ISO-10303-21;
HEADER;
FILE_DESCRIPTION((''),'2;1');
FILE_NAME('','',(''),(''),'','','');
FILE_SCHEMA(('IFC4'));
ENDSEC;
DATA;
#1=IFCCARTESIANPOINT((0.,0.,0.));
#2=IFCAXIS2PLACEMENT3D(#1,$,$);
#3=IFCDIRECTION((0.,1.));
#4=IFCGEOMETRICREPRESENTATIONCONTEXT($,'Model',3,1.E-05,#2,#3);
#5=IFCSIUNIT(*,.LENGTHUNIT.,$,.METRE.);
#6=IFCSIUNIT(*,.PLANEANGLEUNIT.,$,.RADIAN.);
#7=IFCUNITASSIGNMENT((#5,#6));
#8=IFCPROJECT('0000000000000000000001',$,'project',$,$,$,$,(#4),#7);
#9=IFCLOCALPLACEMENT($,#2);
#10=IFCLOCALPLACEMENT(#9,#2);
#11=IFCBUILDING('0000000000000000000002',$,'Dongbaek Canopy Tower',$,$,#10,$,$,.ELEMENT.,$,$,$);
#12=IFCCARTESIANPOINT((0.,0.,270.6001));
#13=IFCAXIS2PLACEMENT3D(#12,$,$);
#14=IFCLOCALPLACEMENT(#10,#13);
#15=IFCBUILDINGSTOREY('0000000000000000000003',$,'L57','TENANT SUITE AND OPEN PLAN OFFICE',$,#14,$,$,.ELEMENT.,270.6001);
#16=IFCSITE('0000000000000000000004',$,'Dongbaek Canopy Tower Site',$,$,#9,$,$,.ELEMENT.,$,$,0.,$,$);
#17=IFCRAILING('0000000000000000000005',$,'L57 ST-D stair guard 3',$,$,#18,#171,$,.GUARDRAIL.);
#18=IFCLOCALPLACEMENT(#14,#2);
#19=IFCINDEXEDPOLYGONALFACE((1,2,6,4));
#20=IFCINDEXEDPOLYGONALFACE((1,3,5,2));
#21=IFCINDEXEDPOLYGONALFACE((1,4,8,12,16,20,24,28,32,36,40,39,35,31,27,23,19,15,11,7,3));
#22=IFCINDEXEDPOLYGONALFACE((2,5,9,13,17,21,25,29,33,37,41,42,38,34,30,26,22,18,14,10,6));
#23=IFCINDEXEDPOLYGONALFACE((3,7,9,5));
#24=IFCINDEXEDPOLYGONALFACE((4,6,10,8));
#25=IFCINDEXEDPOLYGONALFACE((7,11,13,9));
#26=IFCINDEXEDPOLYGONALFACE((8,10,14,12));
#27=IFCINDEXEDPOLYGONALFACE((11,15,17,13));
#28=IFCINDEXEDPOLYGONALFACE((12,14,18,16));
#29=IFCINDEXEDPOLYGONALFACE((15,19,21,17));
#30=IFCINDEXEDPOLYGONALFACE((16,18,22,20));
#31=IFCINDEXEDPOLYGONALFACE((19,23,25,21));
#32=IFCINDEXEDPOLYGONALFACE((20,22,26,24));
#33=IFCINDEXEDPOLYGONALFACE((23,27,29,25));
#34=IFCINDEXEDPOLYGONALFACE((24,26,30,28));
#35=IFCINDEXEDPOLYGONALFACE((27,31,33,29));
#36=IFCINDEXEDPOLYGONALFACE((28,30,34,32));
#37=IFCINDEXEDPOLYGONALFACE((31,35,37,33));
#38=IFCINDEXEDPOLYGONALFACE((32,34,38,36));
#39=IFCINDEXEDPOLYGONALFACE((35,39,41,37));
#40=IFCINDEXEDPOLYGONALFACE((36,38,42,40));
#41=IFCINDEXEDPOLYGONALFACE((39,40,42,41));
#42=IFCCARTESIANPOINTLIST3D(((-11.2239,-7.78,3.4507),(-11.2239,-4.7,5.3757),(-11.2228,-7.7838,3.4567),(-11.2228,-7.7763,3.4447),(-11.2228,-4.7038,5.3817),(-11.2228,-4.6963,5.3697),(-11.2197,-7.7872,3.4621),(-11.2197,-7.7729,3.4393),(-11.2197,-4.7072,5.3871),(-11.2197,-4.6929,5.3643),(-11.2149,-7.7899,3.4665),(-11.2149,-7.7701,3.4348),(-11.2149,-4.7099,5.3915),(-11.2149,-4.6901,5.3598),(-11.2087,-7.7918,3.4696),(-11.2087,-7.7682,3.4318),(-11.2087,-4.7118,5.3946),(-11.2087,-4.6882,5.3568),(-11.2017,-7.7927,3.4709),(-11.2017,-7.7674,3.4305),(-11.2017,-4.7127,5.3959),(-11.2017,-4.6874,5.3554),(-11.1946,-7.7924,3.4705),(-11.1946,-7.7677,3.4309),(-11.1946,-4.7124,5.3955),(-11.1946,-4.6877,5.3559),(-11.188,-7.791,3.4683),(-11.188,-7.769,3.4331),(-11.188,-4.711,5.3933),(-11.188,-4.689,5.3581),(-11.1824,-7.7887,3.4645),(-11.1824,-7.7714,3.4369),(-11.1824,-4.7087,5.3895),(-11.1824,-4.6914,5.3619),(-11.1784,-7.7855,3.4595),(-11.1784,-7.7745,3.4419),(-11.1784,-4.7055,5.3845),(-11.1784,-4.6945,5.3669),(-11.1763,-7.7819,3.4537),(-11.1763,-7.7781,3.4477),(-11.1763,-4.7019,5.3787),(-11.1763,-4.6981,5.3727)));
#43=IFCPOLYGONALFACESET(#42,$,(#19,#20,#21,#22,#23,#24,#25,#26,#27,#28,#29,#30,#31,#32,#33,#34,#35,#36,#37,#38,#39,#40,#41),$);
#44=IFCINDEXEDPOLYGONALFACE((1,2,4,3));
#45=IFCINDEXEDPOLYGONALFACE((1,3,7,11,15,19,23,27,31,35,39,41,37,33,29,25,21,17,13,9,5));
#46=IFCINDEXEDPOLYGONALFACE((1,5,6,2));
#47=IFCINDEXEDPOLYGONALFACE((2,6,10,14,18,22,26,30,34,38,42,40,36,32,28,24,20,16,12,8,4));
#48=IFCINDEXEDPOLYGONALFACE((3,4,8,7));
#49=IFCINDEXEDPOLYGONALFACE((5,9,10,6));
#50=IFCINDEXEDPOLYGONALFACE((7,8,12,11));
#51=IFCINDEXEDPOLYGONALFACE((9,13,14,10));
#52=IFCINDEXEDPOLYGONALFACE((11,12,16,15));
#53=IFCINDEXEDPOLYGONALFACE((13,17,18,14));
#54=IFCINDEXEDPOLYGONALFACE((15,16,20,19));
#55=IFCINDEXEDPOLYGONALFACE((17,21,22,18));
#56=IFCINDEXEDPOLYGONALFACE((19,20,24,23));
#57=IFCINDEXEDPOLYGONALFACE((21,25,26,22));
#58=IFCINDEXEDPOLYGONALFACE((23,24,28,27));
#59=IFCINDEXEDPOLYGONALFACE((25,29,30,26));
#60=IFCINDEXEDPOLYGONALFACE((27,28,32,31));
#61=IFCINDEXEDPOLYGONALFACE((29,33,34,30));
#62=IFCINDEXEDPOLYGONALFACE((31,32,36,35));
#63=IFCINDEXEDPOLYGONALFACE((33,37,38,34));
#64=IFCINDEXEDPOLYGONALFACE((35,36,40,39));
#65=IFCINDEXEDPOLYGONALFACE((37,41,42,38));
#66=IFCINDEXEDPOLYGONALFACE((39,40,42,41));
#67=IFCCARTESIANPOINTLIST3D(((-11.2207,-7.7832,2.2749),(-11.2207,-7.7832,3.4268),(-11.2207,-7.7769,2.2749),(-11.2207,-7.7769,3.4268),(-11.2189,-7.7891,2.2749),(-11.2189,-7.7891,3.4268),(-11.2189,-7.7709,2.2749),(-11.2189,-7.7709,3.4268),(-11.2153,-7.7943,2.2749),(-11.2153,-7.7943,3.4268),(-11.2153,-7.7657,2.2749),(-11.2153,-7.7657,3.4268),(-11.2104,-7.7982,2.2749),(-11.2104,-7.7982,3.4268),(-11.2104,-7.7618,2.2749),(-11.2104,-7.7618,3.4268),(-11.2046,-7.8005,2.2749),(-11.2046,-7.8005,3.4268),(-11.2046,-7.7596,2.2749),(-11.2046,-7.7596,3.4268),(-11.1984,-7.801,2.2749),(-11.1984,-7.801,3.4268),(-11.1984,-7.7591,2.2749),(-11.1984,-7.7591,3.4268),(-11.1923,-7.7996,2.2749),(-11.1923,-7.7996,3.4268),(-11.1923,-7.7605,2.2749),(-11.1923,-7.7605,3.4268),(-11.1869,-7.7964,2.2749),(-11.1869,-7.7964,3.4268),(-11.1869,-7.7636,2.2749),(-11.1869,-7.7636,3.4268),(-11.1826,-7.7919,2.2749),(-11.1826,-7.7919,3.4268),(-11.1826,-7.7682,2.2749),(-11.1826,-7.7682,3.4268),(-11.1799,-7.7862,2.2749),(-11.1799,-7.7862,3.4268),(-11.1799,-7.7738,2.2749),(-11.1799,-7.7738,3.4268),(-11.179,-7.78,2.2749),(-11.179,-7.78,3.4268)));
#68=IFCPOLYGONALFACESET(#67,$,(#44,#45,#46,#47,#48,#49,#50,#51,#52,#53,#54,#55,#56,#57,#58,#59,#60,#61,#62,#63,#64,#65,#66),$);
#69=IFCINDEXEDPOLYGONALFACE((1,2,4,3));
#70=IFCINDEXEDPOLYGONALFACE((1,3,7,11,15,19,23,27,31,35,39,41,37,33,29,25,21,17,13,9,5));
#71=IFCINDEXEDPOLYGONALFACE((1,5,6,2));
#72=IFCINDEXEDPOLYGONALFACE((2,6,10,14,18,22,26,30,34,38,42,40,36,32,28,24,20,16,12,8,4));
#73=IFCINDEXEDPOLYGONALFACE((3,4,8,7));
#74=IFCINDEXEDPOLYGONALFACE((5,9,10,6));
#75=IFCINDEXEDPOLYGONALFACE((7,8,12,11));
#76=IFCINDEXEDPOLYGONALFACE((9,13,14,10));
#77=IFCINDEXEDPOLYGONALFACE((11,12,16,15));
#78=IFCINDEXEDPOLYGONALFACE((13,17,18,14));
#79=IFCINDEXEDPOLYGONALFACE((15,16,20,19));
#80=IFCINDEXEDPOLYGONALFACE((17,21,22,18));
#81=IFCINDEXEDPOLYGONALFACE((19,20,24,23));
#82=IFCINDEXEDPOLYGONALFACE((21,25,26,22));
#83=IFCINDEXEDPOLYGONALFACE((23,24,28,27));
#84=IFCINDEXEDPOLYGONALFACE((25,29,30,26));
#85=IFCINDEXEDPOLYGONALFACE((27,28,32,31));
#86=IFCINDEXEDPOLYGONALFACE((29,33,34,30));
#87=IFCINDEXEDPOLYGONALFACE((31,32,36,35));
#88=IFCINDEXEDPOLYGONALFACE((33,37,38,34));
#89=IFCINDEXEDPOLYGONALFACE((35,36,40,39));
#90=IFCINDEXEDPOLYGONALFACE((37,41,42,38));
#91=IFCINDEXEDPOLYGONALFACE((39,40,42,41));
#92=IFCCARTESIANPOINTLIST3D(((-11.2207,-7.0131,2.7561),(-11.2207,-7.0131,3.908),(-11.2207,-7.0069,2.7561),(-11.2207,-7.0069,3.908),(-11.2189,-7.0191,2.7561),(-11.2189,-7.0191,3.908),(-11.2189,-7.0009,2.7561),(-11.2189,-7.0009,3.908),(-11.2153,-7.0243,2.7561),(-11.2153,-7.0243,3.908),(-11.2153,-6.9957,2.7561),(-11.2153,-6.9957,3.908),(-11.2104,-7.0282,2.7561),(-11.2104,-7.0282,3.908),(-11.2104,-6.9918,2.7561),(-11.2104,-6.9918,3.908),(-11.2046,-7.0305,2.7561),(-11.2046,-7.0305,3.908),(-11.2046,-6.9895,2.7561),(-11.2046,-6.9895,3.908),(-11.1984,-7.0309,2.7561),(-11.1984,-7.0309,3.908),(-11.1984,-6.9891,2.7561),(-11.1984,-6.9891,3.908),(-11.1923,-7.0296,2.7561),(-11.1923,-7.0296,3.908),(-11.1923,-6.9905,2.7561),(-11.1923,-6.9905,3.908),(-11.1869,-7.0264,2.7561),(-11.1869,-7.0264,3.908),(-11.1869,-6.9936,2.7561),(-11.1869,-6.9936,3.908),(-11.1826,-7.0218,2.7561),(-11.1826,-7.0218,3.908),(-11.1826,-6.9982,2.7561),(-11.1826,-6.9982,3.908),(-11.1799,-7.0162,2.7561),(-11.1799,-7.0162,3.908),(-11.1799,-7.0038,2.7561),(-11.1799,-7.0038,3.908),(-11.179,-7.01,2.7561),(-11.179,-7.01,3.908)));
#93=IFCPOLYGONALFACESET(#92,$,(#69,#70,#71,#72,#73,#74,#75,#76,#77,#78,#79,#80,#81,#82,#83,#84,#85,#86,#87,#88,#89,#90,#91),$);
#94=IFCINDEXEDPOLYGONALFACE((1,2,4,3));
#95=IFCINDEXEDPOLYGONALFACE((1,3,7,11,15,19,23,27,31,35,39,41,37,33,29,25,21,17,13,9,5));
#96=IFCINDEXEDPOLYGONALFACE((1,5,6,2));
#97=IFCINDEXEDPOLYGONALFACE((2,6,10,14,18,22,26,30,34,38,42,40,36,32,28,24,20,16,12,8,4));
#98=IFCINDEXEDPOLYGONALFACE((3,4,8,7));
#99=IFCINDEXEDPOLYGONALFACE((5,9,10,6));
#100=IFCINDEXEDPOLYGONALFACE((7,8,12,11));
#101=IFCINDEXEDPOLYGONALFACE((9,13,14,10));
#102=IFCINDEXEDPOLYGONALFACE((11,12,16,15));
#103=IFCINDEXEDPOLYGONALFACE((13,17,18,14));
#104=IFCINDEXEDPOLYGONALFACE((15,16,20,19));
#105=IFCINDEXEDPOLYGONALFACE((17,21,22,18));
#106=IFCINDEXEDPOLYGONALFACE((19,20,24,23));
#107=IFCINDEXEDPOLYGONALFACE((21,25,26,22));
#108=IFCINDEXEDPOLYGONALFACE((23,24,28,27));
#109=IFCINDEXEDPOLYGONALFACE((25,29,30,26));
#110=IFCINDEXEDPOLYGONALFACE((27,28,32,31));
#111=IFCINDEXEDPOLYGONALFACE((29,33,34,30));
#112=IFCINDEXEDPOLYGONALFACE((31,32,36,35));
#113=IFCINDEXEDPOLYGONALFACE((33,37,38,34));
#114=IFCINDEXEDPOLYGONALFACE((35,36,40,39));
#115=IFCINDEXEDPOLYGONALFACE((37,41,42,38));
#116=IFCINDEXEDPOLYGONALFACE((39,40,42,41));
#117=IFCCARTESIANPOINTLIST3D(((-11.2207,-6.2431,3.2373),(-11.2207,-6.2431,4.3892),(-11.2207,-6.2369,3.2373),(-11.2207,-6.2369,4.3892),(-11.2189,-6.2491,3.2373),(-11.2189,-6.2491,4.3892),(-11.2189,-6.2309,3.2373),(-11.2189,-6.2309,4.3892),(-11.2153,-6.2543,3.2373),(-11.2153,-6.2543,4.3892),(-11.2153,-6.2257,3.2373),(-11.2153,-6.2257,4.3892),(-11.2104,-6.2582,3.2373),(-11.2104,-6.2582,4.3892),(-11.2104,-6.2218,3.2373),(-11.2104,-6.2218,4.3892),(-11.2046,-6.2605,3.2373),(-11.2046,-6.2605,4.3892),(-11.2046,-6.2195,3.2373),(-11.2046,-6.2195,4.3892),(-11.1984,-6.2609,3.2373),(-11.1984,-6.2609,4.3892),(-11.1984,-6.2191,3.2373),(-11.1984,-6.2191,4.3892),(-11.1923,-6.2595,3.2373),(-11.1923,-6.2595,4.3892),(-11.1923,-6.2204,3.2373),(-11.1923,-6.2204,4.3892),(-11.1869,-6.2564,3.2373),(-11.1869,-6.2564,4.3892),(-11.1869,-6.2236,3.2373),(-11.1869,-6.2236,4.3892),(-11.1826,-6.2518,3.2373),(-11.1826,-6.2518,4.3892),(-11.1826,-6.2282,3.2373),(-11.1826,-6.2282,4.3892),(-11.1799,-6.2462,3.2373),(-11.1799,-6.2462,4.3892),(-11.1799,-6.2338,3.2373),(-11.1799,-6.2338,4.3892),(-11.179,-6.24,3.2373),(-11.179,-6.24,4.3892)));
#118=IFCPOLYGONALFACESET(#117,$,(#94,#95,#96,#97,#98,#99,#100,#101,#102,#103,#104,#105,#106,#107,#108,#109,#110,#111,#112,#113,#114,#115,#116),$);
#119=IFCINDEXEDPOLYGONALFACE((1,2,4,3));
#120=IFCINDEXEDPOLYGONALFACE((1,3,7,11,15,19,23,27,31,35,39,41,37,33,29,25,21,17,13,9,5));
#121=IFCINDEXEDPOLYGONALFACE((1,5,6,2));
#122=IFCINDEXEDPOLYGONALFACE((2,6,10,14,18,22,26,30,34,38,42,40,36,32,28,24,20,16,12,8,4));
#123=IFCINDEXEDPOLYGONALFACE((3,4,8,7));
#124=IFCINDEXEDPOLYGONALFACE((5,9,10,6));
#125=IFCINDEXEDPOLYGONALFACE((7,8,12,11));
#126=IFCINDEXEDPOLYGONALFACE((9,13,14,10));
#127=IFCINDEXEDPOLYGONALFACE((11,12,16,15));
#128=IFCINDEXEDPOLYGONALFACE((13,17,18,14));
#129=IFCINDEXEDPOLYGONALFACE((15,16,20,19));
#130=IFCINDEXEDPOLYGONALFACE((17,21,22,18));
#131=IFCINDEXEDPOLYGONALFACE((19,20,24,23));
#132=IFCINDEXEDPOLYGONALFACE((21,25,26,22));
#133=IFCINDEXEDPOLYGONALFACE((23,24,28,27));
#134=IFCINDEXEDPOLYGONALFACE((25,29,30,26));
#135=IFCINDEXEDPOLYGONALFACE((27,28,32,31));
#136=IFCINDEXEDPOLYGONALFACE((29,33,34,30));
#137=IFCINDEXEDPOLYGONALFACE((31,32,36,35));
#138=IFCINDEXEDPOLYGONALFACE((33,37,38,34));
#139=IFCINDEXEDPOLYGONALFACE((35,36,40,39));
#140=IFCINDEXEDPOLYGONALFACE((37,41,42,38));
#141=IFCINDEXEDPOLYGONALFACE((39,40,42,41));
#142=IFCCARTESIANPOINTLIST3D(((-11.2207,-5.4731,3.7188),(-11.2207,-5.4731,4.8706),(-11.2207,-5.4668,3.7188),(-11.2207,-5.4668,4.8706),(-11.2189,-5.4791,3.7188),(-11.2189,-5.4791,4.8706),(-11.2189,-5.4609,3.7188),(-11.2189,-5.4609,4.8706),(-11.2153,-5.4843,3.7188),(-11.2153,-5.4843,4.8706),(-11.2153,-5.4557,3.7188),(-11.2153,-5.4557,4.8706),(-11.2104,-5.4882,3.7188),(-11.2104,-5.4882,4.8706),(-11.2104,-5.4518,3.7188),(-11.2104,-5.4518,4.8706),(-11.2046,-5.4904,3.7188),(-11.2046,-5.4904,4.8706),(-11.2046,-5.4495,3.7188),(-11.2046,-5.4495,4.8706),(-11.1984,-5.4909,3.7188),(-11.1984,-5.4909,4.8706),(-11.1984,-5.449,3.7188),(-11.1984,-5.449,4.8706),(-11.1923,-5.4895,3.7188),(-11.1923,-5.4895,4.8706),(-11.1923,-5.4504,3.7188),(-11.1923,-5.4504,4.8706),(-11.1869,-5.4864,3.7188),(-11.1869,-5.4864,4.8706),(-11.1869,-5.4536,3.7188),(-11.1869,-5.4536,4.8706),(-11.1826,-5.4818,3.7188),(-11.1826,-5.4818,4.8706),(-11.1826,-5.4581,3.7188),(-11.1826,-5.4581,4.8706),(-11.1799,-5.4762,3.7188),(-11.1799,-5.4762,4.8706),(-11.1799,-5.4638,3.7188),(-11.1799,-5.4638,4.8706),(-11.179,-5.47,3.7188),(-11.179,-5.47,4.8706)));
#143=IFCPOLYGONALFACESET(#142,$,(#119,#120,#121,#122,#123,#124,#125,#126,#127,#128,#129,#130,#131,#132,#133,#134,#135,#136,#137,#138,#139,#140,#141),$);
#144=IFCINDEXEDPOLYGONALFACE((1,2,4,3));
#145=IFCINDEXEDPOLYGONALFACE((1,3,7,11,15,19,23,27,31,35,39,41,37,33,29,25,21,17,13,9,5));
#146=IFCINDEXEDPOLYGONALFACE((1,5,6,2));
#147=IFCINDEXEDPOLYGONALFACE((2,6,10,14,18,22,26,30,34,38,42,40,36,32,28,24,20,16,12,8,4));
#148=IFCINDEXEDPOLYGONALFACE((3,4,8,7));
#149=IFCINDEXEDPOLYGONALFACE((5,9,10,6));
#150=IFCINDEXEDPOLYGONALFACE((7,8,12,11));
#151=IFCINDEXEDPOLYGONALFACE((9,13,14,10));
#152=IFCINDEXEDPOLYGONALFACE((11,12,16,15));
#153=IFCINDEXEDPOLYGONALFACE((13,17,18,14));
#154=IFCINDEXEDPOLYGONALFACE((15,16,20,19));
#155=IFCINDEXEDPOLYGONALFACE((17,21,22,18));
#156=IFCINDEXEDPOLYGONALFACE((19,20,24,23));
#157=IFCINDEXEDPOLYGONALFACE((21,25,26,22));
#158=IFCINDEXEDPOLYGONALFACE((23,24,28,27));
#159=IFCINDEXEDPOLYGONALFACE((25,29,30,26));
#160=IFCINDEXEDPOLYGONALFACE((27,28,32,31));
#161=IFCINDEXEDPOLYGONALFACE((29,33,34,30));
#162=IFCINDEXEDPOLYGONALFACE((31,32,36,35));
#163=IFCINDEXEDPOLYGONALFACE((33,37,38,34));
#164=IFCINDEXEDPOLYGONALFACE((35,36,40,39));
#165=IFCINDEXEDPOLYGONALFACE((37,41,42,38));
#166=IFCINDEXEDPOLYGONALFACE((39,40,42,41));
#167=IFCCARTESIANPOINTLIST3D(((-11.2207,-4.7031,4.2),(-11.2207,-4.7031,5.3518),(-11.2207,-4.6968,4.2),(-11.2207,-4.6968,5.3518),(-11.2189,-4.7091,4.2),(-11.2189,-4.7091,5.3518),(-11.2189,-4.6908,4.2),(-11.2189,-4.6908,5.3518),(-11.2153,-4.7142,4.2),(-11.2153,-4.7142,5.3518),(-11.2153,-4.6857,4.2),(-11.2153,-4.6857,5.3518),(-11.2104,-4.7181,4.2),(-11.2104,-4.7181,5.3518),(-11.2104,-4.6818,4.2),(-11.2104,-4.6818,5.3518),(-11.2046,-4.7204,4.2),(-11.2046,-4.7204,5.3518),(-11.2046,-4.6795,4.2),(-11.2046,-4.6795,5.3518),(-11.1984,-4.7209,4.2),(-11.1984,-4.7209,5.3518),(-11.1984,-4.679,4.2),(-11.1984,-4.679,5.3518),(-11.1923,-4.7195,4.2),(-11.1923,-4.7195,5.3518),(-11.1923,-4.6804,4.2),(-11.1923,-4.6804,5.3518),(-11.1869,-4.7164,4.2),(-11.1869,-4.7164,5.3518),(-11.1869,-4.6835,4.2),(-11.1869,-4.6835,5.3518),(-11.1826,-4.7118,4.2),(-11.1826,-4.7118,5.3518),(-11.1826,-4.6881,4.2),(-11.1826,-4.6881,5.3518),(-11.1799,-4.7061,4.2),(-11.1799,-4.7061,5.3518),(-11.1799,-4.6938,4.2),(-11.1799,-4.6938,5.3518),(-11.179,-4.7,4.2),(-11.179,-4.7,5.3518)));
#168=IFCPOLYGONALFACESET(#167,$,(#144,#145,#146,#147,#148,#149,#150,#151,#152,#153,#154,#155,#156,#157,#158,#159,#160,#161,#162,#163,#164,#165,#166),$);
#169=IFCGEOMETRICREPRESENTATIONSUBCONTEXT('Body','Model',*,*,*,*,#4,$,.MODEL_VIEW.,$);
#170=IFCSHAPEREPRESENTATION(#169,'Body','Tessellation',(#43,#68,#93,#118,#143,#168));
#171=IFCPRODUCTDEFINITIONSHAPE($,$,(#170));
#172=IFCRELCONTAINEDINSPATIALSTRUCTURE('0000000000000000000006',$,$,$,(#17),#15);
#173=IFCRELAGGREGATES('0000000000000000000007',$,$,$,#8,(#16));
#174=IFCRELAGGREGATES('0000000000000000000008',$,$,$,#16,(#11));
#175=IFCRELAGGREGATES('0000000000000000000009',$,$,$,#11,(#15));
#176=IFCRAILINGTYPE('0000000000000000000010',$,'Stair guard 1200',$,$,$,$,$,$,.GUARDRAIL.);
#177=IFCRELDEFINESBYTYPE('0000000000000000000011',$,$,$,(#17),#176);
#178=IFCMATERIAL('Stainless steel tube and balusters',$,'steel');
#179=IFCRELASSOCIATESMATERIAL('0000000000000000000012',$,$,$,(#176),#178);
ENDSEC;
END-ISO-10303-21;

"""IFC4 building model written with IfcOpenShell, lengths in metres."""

from ifc_helpers import new_model, si_unit, direction, frame, origin, origin_2d, place, context, subcontext, project, spatial, circle, extrude, material, type_object, element, save


model = new_model("IFC4")

# Units and contexts
model_context = context("Model", 3, precision=1e-05, world=origin(), true_north=direction((0.0, 1.0)))
body_context = subcontext(model_context, "Body", "Model", "MODEL_VIEW")
ifc_project = project(units=[si_unit("LENGTHUNIT", "METRE"), si_unit("PLANEANGLEUNIT", "RADIAN")], contexts=[model_context])

# Site, building, storey
site_placement = place(None, origin())
site = spatial("IfcSite", under=ifc_project, at=site_placement, Name="Dongbaek Canopy Tower Site", CompositionType="ELEMENT", RefElevation=0.0)
building_placement = place(site_placement, origin())
building = spatial("IfcBuilding", under=site, at=building_placement, Name="Dongbaek Canopy Tower", CompositionType="ELEMENT")
storey_placement = place(building_placement, frame((0.0, 0.0, 270.6001)))
storey = spatial("IfcBuildingStorey", under=building, at=storey_placement, Name="L57", Description="TENANT SUITE AND OPEN PLAN OFFICE", CompositionType="ELEMENT", Elevation=270.6001)

# Railing
ifc_material_1 = material(Name="Stainless steel tube and balusters", Category="steel")
railing_type_1 = type_object("IfcRailingType", Name="Stair guard 1200", PredefinedType="GUARDRAIL", material=ifc_material_1)
railing_1_placement = place(storey_placement, frame((-11.2, -7.78, 2.2749)))
element("IfcRailing", 1, at=railing_1_placement, inside=storey, type_object=railing_type_1, Name="L57 ST-D stair guard 3", PredefinedType="GUARDRAIL", context=body_context, shape_type="SweptSolid", body=[
    extrude(circle(Radius=0.0239, at=origin_2d()), frame((0.0, 0.0, 1.1758), z_axis=(0.0, 0.847998, 0.529999), x_axis=(-1.0, 0.0, 0.0)), (0.0, 0.0, 1.0), 3.6321),
    extrude(circle(Radius=0.021, at=origin_2d()), origin(), (0.0, 0.0, 1.0), 1.1519),
    extrude(circle(Radius=0.021, at=origin_2d()), frame((0.0, 0.77, 0.4812)), (0.0, 0.0, 1.0), 1.1519),
    extrude(circle(Radius=0.021, at=origin_2d()), frame((0.0, 1.54, 0.9624)), (0.0, 0.0, 1.0), 1.1519),
    extrude(circle(Radius=0.021, at=origin_2d()), frame((0.0, 2.3101, 1.4438)), (0.0, 0.0, 1.0), 1.1519),
    extrude(circle(Radius=0.021, at=origin_2d()), frame((0.0, 3.0801, 1.925)), (0.0, 0.0, 1.0), 1.1519),
])

save(model, "model.ifc")
